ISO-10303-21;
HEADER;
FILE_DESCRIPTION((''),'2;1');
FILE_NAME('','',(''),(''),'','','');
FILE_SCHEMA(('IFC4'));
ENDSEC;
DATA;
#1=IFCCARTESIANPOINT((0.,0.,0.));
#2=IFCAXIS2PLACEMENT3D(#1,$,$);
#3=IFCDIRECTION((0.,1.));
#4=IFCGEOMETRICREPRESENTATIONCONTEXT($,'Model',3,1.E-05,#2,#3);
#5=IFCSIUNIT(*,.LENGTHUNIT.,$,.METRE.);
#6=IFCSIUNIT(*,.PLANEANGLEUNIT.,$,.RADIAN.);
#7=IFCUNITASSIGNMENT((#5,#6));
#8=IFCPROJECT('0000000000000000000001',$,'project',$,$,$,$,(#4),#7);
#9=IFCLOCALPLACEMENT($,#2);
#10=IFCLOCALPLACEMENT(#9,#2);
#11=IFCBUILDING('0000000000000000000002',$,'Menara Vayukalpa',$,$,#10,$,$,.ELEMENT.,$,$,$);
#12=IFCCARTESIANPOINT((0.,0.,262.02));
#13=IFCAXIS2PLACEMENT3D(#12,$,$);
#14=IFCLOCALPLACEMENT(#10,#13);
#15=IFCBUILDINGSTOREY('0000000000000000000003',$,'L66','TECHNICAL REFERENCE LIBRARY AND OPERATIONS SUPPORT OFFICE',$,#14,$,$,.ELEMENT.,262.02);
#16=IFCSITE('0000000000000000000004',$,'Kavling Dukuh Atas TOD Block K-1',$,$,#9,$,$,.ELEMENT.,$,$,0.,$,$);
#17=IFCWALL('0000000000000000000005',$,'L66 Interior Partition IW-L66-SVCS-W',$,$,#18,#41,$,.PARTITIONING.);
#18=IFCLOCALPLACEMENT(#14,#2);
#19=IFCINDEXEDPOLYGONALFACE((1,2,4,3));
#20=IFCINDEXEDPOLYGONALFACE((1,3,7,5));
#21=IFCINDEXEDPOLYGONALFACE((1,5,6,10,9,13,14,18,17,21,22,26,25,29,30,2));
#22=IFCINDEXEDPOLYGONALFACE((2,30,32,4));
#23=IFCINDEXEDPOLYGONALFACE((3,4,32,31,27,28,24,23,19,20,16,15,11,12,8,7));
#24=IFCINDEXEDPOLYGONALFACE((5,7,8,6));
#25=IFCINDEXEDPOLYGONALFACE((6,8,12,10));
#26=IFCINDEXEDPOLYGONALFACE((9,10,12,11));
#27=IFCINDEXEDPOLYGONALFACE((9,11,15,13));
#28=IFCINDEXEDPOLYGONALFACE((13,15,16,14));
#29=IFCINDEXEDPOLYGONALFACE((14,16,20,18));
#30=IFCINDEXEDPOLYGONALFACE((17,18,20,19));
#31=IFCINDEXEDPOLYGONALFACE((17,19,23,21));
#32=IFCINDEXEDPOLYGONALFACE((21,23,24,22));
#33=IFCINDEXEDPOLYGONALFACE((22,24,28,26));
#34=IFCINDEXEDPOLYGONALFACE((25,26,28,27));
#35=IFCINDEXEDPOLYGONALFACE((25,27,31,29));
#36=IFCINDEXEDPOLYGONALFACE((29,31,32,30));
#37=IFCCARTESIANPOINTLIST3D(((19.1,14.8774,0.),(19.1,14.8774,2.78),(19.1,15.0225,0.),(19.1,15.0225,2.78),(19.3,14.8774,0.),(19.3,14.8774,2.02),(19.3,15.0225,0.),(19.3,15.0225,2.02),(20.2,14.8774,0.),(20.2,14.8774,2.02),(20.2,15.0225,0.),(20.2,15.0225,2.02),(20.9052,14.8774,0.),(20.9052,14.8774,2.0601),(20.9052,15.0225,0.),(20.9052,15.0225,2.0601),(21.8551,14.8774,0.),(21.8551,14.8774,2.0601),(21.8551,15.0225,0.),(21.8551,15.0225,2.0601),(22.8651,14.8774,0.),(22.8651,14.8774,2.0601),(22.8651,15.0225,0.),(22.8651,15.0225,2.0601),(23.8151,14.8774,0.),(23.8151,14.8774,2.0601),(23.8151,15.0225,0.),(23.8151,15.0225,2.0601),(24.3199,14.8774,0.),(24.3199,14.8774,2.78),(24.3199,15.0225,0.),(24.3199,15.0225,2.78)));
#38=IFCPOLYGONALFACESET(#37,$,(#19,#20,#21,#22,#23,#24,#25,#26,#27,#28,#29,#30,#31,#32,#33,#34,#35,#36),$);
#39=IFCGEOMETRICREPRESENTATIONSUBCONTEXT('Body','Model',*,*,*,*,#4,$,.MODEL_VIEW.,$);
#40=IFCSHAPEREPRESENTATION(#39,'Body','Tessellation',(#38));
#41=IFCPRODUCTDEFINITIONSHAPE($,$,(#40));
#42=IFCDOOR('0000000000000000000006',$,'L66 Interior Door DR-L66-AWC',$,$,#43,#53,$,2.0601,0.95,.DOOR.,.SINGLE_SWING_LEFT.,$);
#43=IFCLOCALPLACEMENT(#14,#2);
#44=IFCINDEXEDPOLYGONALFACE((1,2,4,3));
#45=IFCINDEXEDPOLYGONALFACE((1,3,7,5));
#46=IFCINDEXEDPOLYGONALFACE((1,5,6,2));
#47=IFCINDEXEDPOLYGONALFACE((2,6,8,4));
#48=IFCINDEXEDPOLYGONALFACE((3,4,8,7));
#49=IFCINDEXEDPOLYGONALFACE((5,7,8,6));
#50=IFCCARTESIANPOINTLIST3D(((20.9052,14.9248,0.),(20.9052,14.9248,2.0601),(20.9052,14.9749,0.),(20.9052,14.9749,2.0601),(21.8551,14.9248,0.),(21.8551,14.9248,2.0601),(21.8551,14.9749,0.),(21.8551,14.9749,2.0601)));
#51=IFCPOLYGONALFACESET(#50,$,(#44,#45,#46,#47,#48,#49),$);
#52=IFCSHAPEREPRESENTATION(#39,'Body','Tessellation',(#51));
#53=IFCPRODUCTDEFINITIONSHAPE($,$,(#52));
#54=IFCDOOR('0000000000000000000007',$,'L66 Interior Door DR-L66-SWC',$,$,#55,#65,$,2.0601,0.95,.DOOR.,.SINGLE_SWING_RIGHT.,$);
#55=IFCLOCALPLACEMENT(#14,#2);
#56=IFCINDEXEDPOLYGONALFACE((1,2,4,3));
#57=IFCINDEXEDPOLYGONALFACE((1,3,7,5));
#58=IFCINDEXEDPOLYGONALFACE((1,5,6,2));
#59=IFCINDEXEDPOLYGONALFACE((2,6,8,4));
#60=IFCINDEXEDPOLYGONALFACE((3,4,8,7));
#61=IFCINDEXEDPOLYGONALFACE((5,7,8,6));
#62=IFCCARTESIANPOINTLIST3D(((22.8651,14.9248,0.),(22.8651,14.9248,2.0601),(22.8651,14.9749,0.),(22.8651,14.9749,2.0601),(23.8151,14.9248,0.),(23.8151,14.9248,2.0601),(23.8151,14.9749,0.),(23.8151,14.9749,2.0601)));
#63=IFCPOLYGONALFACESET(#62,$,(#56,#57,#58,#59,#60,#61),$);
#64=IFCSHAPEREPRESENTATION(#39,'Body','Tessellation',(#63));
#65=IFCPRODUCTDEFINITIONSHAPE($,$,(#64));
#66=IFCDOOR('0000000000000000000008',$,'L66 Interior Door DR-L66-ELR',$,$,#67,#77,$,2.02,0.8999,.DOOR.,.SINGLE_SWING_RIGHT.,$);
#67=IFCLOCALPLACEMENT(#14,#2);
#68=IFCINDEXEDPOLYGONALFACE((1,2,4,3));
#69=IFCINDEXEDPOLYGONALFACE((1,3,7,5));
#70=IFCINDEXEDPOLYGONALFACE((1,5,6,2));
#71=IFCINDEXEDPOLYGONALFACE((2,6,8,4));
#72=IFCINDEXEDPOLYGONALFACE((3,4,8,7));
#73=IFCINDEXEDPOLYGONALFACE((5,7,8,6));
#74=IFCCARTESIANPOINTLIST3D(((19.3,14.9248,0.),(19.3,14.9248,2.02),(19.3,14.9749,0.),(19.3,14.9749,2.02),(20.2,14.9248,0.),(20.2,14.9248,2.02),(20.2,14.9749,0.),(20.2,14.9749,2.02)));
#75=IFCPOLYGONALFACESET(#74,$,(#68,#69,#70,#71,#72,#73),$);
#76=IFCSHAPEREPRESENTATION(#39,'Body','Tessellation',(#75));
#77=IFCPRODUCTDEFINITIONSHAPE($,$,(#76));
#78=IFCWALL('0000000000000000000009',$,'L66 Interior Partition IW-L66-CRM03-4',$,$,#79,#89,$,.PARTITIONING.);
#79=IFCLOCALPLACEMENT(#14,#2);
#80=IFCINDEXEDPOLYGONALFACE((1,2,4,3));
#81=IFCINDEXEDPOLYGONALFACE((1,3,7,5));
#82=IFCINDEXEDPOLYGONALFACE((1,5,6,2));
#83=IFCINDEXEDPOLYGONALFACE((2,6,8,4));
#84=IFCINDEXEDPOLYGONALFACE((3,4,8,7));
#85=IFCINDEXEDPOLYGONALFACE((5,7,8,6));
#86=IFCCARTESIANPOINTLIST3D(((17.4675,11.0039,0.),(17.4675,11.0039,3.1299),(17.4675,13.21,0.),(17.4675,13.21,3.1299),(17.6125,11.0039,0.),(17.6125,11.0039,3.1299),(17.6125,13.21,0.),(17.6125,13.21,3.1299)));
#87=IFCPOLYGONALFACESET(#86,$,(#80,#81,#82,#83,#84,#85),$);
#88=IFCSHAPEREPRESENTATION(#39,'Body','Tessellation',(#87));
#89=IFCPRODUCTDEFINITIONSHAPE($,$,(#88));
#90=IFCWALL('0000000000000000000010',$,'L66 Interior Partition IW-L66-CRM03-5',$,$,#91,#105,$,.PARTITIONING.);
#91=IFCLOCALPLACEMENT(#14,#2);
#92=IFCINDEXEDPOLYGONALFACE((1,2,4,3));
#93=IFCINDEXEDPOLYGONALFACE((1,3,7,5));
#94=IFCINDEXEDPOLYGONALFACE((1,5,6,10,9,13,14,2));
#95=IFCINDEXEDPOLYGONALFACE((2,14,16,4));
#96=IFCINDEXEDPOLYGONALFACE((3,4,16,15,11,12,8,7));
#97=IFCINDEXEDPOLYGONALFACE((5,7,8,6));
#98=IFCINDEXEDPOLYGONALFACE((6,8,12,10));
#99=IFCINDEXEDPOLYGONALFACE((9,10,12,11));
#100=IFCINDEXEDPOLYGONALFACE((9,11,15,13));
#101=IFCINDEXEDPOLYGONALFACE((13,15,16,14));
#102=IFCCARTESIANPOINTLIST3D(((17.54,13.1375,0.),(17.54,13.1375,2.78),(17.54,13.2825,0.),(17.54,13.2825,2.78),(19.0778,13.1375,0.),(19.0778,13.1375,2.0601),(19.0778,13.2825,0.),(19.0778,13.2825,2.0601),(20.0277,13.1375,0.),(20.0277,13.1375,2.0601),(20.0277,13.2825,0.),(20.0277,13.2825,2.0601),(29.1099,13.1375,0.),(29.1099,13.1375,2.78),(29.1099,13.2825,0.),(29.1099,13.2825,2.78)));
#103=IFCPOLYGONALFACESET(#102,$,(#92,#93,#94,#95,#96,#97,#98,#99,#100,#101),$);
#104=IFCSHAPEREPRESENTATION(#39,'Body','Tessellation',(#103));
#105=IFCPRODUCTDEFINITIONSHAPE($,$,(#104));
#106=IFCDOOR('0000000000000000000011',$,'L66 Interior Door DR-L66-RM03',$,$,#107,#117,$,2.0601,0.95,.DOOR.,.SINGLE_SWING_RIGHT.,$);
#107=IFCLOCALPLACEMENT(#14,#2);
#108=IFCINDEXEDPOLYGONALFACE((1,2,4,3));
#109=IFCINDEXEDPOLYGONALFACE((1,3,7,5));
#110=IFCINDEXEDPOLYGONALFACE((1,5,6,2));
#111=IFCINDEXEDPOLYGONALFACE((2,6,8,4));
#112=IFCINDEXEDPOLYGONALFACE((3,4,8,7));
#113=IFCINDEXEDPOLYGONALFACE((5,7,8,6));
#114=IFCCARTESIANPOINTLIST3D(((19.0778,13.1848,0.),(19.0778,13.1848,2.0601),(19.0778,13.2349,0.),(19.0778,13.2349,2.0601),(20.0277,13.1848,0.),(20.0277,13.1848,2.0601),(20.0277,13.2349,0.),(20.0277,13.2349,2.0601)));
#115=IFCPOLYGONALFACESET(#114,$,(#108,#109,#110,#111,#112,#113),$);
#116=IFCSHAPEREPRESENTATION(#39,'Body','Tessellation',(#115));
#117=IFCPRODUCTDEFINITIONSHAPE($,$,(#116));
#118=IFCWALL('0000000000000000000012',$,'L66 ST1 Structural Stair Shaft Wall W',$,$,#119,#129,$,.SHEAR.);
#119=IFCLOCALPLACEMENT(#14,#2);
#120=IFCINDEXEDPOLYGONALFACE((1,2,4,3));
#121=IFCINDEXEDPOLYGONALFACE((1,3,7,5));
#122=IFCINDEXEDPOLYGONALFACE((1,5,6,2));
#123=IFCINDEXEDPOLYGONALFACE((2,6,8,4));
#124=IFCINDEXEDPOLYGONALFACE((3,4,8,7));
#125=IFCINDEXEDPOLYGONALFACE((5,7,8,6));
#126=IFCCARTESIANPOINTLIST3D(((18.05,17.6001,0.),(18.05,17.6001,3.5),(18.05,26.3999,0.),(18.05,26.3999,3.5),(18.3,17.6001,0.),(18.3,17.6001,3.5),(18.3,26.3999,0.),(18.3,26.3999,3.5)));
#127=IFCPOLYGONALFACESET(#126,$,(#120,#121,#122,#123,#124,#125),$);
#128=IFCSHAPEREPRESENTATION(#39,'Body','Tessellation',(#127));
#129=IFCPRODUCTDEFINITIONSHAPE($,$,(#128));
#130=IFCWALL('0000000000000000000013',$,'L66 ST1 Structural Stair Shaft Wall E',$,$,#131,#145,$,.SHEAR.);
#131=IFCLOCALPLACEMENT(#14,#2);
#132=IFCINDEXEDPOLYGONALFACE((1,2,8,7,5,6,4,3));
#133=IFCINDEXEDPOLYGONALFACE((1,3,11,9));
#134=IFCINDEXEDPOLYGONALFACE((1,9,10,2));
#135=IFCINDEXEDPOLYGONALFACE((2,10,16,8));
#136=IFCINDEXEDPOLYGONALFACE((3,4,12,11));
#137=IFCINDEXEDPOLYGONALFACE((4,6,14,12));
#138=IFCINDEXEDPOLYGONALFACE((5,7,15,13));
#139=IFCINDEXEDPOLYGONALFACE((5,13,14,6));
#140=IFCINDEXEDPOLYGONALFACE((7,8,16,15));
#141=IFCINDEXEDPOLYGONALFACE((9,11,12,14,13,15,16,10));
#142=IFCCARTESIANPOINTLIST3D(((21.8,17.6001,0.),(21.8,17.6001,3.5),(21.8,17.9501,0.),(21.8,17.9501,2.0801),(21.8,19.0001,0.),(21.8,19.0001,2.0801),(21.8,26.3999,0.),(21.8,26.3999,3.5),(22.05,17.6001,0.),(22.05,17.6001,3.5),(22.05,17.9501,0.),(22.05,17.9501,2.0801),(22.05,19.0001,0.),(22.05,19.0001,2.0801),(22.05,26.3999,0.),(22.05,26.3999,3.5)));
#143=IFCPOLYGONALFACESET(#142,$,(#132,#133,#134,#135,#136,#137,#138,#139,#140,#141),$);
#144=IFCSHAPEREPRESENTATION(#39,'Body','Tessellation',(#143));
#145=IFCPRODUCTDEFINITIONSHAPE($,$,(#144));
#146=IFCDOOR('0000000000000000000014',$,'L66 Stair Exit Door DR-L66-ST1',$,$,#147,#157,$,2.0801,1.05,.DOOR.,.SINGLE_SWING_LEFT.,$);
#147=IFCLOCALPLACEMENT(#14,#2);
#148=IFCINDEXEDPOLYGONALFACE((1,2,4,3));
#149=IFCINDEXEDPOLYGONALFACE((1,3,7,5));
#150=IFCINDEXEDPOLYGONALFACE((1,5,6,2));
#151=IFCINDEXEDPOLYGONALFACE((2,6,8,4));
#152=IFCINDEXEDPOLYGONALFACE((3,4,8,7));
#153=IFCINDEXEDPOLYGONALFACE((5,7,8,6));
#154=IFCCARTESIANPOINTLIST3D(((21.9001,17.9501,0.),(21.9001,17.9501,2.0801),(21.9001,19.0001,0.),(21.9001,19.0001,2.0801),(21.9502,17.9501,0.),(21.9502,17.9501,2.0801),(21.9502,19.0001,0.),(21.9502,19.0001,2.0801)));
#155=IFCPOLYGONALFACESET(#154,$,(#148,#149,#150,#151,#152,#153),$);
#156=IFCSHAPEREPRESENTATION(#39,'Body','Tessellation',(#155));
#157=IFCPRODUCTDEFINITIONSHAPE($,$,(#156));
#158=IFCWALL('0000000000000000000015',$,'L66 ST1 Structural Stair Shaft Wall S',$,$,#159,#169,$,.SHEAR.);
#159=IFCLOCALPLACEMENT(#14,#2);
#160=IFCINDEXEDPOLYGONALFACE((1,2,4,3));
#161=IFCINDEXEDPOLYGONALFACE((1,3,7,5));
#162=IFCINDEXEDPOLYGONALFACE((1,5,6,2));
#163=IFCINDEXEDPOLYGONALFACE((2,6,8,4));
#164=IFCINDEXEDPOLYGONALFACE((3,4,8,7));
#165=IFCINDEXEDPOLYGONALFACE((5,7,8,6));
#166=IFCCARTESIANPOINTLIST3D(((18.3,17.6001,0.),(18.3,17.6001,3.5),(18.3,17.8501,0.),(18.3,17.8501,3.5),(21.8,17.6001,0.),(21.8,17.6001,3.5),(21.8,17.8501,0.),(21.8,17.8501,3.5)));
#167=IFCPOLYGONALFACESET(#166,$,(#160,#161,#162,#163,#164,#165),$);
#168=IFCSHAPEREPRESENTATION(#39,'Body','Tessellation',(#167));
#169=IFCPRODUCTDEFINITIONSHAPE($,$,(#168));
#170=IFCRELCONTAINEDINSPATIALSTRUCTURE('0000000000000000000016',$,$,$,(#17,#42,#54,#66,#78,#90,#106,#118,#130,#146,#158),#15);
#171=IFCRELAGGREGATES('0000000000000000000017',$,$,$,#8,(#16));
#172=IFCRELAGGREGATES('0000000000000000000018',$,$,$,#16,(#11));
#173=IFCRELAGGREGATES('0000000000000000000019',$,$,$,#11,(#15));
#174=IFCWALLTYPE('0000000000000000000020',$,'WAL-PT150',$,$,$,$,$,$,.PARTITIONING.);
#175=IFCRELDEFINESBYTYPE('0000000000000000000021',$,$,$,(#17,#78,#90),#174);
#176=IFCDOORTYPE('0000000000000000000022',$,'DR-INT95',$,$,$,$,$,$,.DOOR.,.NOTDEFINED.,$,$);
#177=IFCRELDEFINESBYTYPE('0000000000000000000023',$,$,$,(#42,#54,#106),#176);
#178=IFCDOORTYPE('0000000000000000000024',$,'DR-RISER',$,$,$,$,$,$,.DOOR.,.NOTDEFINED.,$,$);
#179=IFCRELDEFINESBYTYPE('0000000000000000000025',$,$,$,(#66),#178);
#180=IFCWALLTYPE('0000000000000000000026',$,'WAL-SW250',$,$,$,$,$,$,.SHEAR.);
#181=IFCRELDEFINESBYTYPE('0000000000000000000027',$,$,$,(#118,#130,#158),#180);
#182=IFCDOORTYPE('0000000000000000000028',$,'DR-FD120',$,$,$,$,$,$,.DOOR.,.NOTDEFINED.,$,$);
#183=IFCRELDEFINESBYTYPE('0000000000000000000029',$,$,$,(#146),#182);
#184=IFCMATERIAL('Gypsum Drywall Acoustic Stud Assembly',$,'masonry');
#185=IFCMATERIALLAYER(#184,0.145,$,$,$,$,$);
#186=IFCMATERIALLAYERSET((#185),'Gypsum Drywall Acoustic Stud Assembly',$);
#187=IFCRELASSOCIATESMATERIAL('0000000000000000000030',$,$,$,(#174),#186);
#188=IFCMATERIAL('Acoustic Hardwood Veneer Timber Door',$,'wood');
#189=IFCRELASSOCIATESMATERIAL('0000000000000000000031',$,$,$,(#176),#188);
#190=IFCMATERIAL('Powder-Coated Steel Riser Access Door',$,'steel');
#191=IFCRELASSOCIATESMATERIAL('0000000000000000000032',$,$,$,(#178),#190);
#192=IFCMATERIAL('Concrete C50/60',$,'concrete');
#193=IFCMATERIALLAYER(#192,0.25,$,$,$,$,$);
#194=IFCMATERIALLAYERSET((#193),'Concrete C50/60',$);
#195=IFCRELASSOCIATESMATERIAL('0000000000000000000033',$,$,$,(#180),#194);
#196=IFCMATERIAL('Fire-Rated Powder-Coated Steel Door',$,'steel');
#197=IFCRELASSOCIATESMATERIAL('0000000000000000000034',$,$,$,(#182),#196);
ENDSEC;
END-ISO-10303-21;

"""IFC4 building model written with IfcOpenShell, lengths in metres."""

from ifc_helpers import new_model, si_unit, direction, frame, frame_2d, origin, place, context, subcontext, project, spatial, rectangle, extrude, material, layer, layer_set, type_object, element, fill, save


model = new_model("IFC4")

# Units and contexts
model_context = context("Model", 3, precision=1e-05, world=origin(), true_north=direction((0.0, 1.0)))
body_context = subcontext(model_context, "Body", "Model", "MODEL_VIEW")
ifc_project = project(units=[si_unit("LENGTHUNIT", "METRE"), si_unit("PLANEANGLEUNIT", "RADIAN")], contexts=[model_context])

# Site, building, storey
site_placement = place(None, origin())
site = spatial("IfcSite", under=ifc_project, at=site_placement, Name="Kavling Dukuh Atas TOD Block K-1", CompositionType="ELEMENT", RefElevation=0.0)
building_placement = place(site_placement, origin())
building = spatial("IfcBuilding", under=site, at=building_placement, Name="Menara Vayukalpa", CompositionType="ELEMENT")
storey_placement = place(building_placement, frame((0.0, 0.0, 262.02)))
storey = spatial("IfcBuildingStorey", under=building, at=storey_placement, Name="L66", Description="TECHNICAL REFERENCE LIBRARY AND OPERATIONS SUPPORT OFFICE", CompositionType="ELEMENT", Elevation=262.02)

# Wall, openings, doors
ifc_material_1 = material(Name="Gypsum Drywall Acoustic Stud Assembly", Category="masonry")
ifc_layer_1 = layer(ifc_material_1, 0.145)
ifc_layer_set_1 = layer_set([ifc_layer_1], Name="Gypsum Drywall Acoustic Stud Assembly")
wall_type_1 = type_object("IfcWallType", Name="WAL-PT150", PredefinedType="PARTITIONING", material=ifc_layer_set_1)
wall_1_placement = place(storey_placement, frame((19.1001, 14.95, 0.0), z_axis=(0.0, 0.0, 1.0), x_axis=(1.0, 0.0, 0.0)))
wall_1 = element("IfcWall", 1, at=wall_1_placement, inside=storey, type_object=wall_type_1, Name="L66 Interior Partition IW-L66-SVCS-W", PredefinedType="PARTITIONING", context=body_context, shape_type="SweptSolid", body=[
    extrude(rectangle(XDim=5.22, YDim=0.145, at=frame_2d((2.6099, 0.0))), origin(), (0.0, 0.0, 1.0), 2.78),
])
opening_1_placement = place(wall_1_placement, frame((0.2, 0.0, 0.0)))
opening_1 = element("IfcOpeningElement", 2, at=opening_1_placement, cuts=wall_1, PredefinedType="OPENING", context=body_context, shape_type="SweptSolid", body=[
    extrude(rectangle(XDim=0.8999, YDim=2.02, at=frame_2d((0.45, 1.01))), frame((0.0, 0.0825, 0.0), z_axis=(0.0, -1.0, 0.0), x_axis=(1.0, 0.0, 0.0)), (0.0, 0.0, 1.0), 0.165),
])
opening_2_placement = place(wall_1_placement, frame((1.8049, 0.0, 0.0)))
opening_2 = element("IfcOpeningElement", 3, at=opening_2_placement, cuts=wall_1, PredefinedType="OPENING", context=body_context, shape_type="SweptSolid", body=[
    extrude(rectangle(XDim=0.95, YDim=2.0601, at=frame_2d((0.4751, 1.03))), frame((0.0, 0.0825, 0.0), z_axis=(0.0, -1.0, 0.0), x_axis=(1.0, 0.0, 0.0)), (0.0, 0.0, 1.0), 0.165),
])
opening_3_placement = place(wall_1_placement, frame((3.7649, 0.0, 0.0)))
opening_3 = element("IfcOpeningElement", 4, at=opening_3_placement, cuts=wall_1, PredefinedType="OPENING", context=body_context, shape_type="SweptSolid", body=[
    extrude(rectangle(XDim=0.95, YDim=2.0601, at=frame_2d((0.4751, 1.03))), frame((0.0, 0.0825, 0.0), z_axis=(0.0, -1.0, 0.0), x_axis=(1.0, 0.0, 0.0)), (0.0, 0.0, 1.0), 0.165),
])
ifc_material_2 = material(Name="Acoustic Hardwood Veneer Timber Door", Category="wood")
door_type_1 = type_object("IfcDoorType", Name="DR-INT95", OperationType="NOTDEFINED", PredefinedType="DOOR", material=ifc_material_2)
door_1_placement = place(opening_2_placement, origin())
door_1 = element("IfcDoor", 5, at=door_1_placement, inside=storey, type_object=door_type_1, Name="L66 Interior Door DR-L66-AWC", OperationType="SINGLE_SWING_LEFT", OverallHeight=2.0601, OverallWidth=0.95, PredefinedType="DOOR", context=body_context, shape_type="SweptSolid", body=[
    extrude(rectangle(XDim=0.95, YDim=2.0601, at=frame_2d((0.4751, 1.03))), frame((0.0, 0.0249, 0.0), z_axis=(0.0, -1.0, 0.0), x_axis=(1.0, 0.0, 0.0)), (0.0, 0.0, 1.0), 0.05),
])
fill(opening_2, door_1)
door_2_placement = place(opening_3_placement, origin())
door_2 = element("IfcDoor", 6, at=door_2_placement, inside=storey, type_object=door_type_1, Name="L66 Interior Door DR-L66-SWC", OperationType="SINGLE_SWING_RIGHT", OverallHeight=2.0601, OverallWidth=0.95, PredefinedType="DOOR", context=body_context, shape_type="SweptSolid", body=[
    extrude(rectangle(XDim=0.95, YDim=2.0601, at=frame_2d((0.4751, 1.03))), frame((0.0, 0.0249, 0.0), z_axis=(0.0, -1.0, 0.0), x_axis=(1.0, 0.0, 0.0)), (0.0, 0.0, 1.0), 0.05),
])
fill(opening_3, door_2)
ifc_material_3 = material(Name="Powder-Coated Steel Riser Access Door", Category="steel")
door_type_2 = type_object("IfcDoorType", Name="DR-RISER", OperationType="NOTDEFINED", PredefinedType="DOOR", material=ifc_material_3)
door_3_placement = place(opening_1_placement, origin())
door_3 = element("IfcDoor", 7, at=door_3_placement, inside=storey, type_object=door_type_2, Name="L66 Interior Door DR-L66-ELR", OperationType="SINGLE_SWING_RIGHT", OverallHeight=2.02, OverallWidth=0.8999, PredefinedType="DOOR", context=body_context, shape_type="SweptSolid", body=[
    extrude(rectangle(XDim=0.8999, YDim=2.02, at=frame_2d((0.45, 1.01))), frame((0.0, 0.0249, 0.0), z_axis=(0.0, -1.0, 0.0), x_axis=(1.0, 0.0, 0.0)), (0.0, 0.0, 1.0), 0.05),
])
fill(opening_1, door_3)

# Wall
wall_2_placement = place(storey_placement, frame((17.54, 11.0039, 0.0), z_axis=(0.0, 0.0, 1.0), x_axis=(0.0, 1.0, 0.0)))
element("IfcWall", 8, at=wall_2_placement, inside=storey, type_object=wall_type_1, Name="L66 Interior Partition IW-L66-CRM03-4", PredefinedType="PARTITIONING", context=body_context, shape_type="SweptSolid", body=[
    extrude(rectangle(XDim=2.2061, YDim=0.145, at=frame_2d((1.103, 0.0))), origin(), (0.0, 0.0, 1.0), 3.1299),
])

# Wall, opening, door
wall_3_placement = place(storey_placement, frame((17.54, 13.21, 0.0), z_axis=(0.0, 0.0, 1.0), x_axis=(1.0, 0.0, 0.0)))
wall_3 = element("IfcWall", 9, at=wall_3_placement, inside=storey, type_object=wall_type_1, Name="L66 Interior Partition IW-L66-CRM03-5", PredefinedType="PARTITIONING", context=body_context, shape_type="SweptSolid", body=[
    extrude(rectangle(XDim=11.5698, YDim=0.145, at=frame_2d((5.7849, 0.0))), origin(), (0.0, 0.0, 1.0), 2.78),
])
opening_4_placement = place(wall_3_placement, frame((1.5376, 0.0, 0.0)))
opening_4 = element("IfcOpeningElement", 10, at=opening_4_placement, cuts=wall_3, PredefinedType="OPENING", context=body_context, shape_type="SweptSolid", body=[
    extrude(rectangle(XDim=0.95, YDim=2.0601, at=frame_2d((0.4751, 1.03))), frame((0.0, 0.0825, 0.0), z_axis=(0.0, -1.0, 0.0), x_axis=(1.0, 0.0, 0.0)), (0.0, 0.0, 1.0), 0.165),
])
door_4_placement = place(opening_4_placement, origin())
door_4 = element("IfcDoor", 11, at=door_4_placement, inside=storey, type_object=door_type_1, Name="L66 Interior Door DR-L66-RM03", OperationType="SINGLE_SWING_RIGHT", OverallHeight=2.0601, OverallWidth=0.95, PredefinedType="DOOR", context=body_context, shape_type="SweptSolid", body=[
    extrude(rectangle(XDim=0.95, YDim=2.0601, at=frame_2d((0.4751, 1.03))), frame((0.0, 0.0249, 0.0), z_axis=(0.0, -1.0, 0.0), x_axis=(1.0, 0.0, 0.0)), (0.0, 0.0, 1.0), 0.05),
])
fill(opening_4, door_4)

# Wall
ifc_material_4 = material(Name="Concrete C50/60", Category="concrete")
ifc_layer_2 = layer(ifc_material_4, 0.25)
ifc_layer_set_2 = layer_set([ifc_layer_2], Name="Concrete C50/60")
wall_type_2 = type_object("IfcWallType", Name="WAL-SW250", PredefinedType="SHEAR", material=ifc_layer_set_2)
wall_4_placement = place(storey_placement, frame((18.175, 17.6001, 0.0), z_axis=(0.0, 0.0, 1.0), x_axis=(0.0, 1.0, 0.0)))
element("IfcWall", 12, at=wall_4_placement, inside=storey, type_object=wall_type_2, Name="L66 ST1 Structural Stair Shaft Wall W", PredefinedType="SHEAR", context=body_context, shape_type="SweptSolid", body=[
    extrude(rectangle(XDim=8.7998, YDim=0.25, at=frame_2d((4.3999, 0.0))), origin(), (0.0, 0.0, 1.0), 3.5),
])

# Wall, opening, door
wall_5_placement = place(storey_placement, frame((21.925, 17.6001, 0.0), z_axis=(0.0, 0.0, 1.0), x_axis=(0.0, 1.0, 0.0)))
wall_5 = element("IfcWall", 13, at=wall_5_placement, inside=storey, type_object=wall_type_2, Name="L66 ST1 Structural Stair Shaft Wall E", PredefinedType="SHEAR", context=body_context, shape_type="SweptSolid", body=[
    extrude(rectangle(XDim=8.7998, YDim=0.25, at=frame_2d((4.3999, 0.0))), origin(), (0.0, 0.0, 1.0), 3.5),
])
opening_5_placement = place(wall_5_placement, frame((0.3501, 0.0, 0.0)))
opening_5 = element("IfcOpeningElement", 14, at=opening_5_placement, cuts=wall_5, PredefinedType="OPENING", context=body_context, shape_type="SweptSolid", body=[
    extrude(rectangle(XDim=1.05, YDim=2.0801, at=frame_2d((0.5249, 1.04))), frame((0.0, 0.135, 0.0), z_axis=(0.0, -1.0, 0.0), x_axis=(1.0, 0.0, 0.0)), (0.0, 0.0, 1.0), 0.27),
])
ifc_material_5 = material(Name="Fire-Rated Powder-Coated Steel Door", Category="steel")
door_type_3 = type_object("IfcDoorType", Name="DR-FD120", OperationType="NOTDEFINED", PredefinedType="DOOR", material=ifc_material_5)
door_5_placement = place(opening_5_placement, origin())
door_5 = element("IfcDoor", 15, at=door_5_placement, inside=storey, type_object=door_type_3, Name="L66 Stair Exit Door DR-L66-ST1", OperationType="SINGLE_SWING_LEFT", OverallHeight=2.0801, OverallWidth=1.05, PredefinedType="DOOR", context=body_context, shape_type="SweptSolid", body=[
    extrude(rectangle(XDim=1.05, YDim=2.0801, at=frame_2d((0.5249, 1.04))), frame((0.0, 0.0249, 0.0), z_axis=(0.0, -1.0, 0.0), x_axis=(1.0, 0.0, 0.0)), (0.0, 0.0, 1.0), 0.05),
])
fill(opening_5, door_5)

# Wall
wall_6_placement = place(storey_placement, frame((18.3, 17.7251, 0.0), z_axis=(0.0, 0.0, 1.0), x_axis=(1.0, 0.0, 0.0)))
element("IfcWall", 16, at=wall_6_placement, inside=storey, type_object=wall_type_2, Name="L66 ST1 Structural Stair Shaft Wall S", PredefinedType="SHEAR", context=body_context, shape_type="SweptSolid", body=[
    extrude(rectangle(XDim=3.5, YDim=0.25, at=frame_2d((1.75, 0.0))), origin(), (0.0, 0.0, 1.0), 3.5),
])

save(model, "model.ifc")
